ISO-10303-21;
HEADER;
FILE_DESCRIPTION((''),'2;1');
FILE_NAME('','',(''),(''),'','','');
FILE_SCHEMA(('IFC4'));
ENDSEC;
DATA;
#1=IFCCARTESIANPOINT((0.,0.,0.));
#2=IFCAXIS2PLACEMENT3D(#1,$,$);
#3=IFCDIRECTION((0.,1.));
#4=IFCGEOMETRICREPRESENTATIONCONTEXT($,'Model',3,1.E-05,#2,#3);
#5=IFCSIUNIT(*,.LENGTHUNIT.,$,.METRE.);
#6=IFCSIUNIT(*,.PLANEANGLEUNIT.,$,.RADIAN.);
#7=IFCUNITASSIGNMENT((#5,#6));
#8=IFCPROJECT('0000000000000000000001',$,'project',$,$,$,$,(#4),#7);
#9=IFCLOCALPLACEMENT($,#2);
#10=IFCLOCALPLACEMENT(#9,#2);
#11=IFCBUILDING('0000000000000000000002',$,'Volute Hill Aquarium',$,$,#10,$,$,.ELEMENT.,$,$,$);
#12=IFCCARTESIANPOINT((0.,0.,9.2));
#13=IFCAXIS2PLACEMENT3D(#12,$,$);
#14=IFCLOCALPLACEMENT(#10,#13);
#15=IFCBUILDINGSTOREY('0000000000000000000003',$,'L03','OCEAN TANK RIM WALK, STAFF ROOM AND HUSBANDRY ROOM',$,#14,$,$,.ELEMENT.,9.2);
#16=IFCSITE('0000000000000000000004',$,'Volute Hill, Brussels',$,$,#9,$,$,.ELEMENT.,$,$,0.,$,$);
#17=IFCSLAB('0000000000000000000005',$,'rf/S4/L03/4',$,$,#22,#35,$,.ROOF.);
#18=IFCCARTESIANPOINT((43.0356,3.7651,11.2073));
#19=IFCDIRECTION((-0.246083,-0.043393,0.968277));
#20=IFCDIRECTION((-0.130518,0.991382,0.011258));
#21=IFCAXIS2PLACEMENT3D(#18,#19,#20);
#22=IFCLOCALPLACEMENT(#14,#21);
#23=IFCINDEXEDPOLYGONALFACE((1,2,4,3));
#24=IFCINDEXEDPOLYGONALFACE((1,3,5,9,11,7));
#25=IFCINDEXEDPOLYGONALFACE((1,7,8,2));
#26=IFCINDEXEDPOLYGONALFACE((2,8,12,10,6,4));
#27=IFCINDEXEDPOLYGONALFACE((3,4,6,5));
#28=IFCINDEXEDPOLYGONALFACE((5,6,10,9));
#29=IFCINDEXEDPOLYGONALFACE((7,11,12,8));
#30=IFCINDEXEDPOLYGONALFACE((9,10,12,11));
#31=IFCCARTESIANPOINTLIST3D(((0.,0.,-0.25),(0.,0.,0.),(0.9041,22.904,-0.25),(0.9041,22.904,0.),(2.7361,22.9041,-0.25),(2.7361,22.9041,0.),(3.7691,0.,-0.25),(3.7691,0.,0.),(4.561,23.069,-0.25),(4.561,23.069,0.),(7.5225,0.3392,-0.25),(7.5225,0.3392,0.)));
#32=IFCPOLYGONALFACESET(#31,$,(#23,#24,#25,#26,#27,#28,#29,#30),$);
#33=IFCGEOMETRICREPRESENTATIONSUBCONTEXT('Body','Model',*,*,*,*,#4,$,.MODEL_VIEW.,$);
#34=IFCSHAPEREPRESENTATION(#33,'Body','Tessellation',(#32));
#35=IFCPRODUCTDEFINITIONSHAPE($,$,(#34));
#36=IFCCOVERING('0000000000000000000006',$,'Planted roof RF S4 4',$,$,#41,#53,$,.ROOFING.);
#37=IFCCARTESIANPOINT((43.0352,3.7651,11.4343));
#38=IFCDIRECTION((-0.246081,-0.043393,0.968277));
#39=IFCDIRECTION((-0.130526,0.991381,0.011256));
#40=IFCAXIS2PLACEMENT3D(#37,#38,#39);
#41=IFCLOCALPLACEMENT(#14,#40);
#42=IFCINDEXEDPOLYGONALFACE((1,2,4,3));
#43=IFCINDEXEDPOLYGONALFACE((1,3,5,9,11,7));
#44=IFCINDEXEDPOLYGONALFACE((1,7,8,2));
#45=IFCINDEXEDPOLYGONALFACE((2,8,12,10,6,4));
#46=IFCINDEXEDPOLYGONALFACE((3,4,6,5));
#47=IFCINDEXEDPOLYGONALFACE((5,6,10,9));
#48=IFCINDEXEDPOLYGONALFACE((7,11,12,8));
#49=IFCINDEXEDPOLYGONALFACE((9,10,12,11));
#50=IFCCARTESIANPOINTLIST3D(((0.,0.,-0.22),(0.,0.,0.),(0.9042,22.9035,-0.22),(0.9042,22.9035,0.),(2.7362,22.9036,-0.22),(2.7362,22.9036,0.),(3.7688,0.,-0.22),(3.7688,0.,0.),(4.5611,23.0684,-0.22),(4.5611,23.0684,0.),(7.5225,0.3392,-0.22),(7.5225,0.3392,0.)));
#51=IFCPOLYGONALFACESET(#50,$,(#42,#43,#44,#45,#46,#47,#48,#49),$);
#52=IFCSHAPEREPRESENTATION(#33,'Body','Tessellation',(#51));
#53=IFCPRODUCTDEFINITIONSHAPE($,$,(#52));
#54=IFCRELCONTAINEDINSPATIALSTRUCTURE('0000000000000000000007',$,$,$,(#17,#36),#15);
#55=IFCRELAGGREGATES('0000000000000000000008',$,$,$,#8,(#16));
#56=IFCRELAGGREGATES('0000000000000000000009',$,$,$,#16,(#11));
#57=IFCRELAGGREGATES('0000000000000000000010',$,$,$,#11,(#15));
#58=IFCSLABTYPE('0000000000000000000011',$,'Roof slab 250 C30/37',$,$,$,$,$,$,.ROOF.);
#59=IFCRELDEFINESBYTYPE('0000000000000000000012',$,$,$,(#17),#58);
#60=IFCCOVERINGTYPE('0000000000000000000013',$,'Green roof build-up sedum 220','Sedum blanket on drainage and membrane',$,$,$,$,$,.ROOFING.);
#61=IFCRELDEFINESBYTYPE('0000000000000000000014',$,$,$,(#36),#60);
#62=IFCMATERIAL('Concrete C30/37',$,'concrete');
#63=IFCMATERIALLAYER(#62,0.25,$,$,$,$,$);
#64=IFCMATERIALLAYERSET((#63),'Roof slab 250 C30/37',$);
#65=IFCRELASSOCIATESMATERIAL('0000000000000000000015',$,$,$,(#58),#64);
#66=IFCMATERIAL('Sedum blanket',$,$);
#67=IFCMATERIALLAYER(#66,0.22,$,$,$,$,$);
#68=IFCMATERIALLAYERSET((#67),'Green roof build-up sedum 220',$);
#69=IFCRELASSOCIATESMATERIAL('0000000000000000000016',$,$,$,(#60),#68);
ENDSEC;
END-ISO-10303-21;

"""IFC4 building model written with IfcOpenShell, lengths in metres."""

from ifc_helpers import new_model, si_unit, direction, frame, origin, place, context, subcontext, project, spatial, polyline, outline, extrude, material, layer, layer_set, type_object, element, save


model = new_model("IFC4")

# Units and contexts
model_context = context("Model", 3, precision=1e-05, world=origin(), true_north=direction((0.0, 1.0)))
body_context = subcontext(model_context, "Body", "Model", "MODEL_VIEW")
ifc_project = project(units=[si_unit("LENGTHUNIT", "METRE"), si_unit("PLANEANGLEUNIT", "RADIAN")], contexts=[model_context])

# Site, building, storey
site_placement = place(None, origin())
site = spatial("IfcSite", under=ifc_project, at=site_placement, Name="Volute Hill, Brussels", CompositionType="ELEMENT", RefElevation=0.0)
building_placement = place(site_placement, origin())
building = spatial("IfcBuilding", under=site, at=building_placement, Name="Volute Hill Aquarium", CompositionType="ELEMENT")
storey_placement = place(building_placement, frame((0.0, 0.0, 9.2)))
storey = spatial("IfcBuildingStorey", under=building, at=storey_placement, Name="L03", Description="OCEAN TANK RIM WALK, STAFF ROOM AND HUSBANDRY ROOM", CompositionType="ELEMENT", Elevation=9.2)

# Slab
ifc_material_1 = material(Name="Concrete C30/37", Category="concrete")
ifc_layer_1 = layer(ifc_material_1, 0.25)
ifc_layer_set_1 = layer_set([ifc_layer_1], Name="Roof slab 250 C30/37")
slab_type = type_object("IfcSlabType", Name="Roof slab 250 C30/37", PredefinedType="ROOF", material=ifc_layer_set_1)
slab_placement = place(storey_placement, frame((43.0356, 3.7651, 11.2073), z_axis=(-0.246083, -0.043393, 0.968277), x_axis=(-0.130518, 0.991382, 0.011258)))
element("IfcSlab", 1, at=slab_placement, inside=storey, type_object=slab_type, Name="rf/S4/L03/4", PredefinedType="ROOF", context=body_context, shape_type="SweptSolid", body=[
    extrude(outline(polyline([(0.0, 0.0), (3.7691, 0.0), (7.5225, 0.3392), (4.561, 23.069), (2.7361, 22.9041), (0.9041, 22.904), (0.0, 0.0)])), origin(), (0.0, 0.0, -1.0), 0.25),
])

# Covering
ifc_material_2 = material(Name="Sedum blanket")
ifc_layer_2 = layer(ifc_material_2, 0.22)
ifc_layer_set_2 = layer_set([ifc_layer_2], Name="Green roof build-up sedum 220")
covering_type = type_object("IfcCoveringType", Name="Green roof build-up sedum 220", Description="Sedum blanket on drainage and membrane", PredefinedType="ROOFING", material=ifc_layer_set_2)
covering_placement = place(storey_placement, frame((43.0352, 3.7651, 11.4343), z_axis=(-0.246081, -0.043393, 0.968277), x_axis=(-0.130526, 0.991381, 0.011256)))
element("IfcCovering", 2, at=covering_placement, inside=storey, type_object=covering_type, Name="Planted roof RF S4 4", PredefinedType="ROOFING", context=body_context, shape_type="SweptSolid", body=[
    extrude(outline(polyline([(0.0, 0.0), (3.7688, 0.0), (7.5225, 0.3392), (4.5611, 23.0684), (2.7362, 22.9036), (0.9042, 22.9035), (0.0, 0.0)])), origin(), (0.0, 0.0, -1.0), 0.22),
])

save(model, "model.ifc")
